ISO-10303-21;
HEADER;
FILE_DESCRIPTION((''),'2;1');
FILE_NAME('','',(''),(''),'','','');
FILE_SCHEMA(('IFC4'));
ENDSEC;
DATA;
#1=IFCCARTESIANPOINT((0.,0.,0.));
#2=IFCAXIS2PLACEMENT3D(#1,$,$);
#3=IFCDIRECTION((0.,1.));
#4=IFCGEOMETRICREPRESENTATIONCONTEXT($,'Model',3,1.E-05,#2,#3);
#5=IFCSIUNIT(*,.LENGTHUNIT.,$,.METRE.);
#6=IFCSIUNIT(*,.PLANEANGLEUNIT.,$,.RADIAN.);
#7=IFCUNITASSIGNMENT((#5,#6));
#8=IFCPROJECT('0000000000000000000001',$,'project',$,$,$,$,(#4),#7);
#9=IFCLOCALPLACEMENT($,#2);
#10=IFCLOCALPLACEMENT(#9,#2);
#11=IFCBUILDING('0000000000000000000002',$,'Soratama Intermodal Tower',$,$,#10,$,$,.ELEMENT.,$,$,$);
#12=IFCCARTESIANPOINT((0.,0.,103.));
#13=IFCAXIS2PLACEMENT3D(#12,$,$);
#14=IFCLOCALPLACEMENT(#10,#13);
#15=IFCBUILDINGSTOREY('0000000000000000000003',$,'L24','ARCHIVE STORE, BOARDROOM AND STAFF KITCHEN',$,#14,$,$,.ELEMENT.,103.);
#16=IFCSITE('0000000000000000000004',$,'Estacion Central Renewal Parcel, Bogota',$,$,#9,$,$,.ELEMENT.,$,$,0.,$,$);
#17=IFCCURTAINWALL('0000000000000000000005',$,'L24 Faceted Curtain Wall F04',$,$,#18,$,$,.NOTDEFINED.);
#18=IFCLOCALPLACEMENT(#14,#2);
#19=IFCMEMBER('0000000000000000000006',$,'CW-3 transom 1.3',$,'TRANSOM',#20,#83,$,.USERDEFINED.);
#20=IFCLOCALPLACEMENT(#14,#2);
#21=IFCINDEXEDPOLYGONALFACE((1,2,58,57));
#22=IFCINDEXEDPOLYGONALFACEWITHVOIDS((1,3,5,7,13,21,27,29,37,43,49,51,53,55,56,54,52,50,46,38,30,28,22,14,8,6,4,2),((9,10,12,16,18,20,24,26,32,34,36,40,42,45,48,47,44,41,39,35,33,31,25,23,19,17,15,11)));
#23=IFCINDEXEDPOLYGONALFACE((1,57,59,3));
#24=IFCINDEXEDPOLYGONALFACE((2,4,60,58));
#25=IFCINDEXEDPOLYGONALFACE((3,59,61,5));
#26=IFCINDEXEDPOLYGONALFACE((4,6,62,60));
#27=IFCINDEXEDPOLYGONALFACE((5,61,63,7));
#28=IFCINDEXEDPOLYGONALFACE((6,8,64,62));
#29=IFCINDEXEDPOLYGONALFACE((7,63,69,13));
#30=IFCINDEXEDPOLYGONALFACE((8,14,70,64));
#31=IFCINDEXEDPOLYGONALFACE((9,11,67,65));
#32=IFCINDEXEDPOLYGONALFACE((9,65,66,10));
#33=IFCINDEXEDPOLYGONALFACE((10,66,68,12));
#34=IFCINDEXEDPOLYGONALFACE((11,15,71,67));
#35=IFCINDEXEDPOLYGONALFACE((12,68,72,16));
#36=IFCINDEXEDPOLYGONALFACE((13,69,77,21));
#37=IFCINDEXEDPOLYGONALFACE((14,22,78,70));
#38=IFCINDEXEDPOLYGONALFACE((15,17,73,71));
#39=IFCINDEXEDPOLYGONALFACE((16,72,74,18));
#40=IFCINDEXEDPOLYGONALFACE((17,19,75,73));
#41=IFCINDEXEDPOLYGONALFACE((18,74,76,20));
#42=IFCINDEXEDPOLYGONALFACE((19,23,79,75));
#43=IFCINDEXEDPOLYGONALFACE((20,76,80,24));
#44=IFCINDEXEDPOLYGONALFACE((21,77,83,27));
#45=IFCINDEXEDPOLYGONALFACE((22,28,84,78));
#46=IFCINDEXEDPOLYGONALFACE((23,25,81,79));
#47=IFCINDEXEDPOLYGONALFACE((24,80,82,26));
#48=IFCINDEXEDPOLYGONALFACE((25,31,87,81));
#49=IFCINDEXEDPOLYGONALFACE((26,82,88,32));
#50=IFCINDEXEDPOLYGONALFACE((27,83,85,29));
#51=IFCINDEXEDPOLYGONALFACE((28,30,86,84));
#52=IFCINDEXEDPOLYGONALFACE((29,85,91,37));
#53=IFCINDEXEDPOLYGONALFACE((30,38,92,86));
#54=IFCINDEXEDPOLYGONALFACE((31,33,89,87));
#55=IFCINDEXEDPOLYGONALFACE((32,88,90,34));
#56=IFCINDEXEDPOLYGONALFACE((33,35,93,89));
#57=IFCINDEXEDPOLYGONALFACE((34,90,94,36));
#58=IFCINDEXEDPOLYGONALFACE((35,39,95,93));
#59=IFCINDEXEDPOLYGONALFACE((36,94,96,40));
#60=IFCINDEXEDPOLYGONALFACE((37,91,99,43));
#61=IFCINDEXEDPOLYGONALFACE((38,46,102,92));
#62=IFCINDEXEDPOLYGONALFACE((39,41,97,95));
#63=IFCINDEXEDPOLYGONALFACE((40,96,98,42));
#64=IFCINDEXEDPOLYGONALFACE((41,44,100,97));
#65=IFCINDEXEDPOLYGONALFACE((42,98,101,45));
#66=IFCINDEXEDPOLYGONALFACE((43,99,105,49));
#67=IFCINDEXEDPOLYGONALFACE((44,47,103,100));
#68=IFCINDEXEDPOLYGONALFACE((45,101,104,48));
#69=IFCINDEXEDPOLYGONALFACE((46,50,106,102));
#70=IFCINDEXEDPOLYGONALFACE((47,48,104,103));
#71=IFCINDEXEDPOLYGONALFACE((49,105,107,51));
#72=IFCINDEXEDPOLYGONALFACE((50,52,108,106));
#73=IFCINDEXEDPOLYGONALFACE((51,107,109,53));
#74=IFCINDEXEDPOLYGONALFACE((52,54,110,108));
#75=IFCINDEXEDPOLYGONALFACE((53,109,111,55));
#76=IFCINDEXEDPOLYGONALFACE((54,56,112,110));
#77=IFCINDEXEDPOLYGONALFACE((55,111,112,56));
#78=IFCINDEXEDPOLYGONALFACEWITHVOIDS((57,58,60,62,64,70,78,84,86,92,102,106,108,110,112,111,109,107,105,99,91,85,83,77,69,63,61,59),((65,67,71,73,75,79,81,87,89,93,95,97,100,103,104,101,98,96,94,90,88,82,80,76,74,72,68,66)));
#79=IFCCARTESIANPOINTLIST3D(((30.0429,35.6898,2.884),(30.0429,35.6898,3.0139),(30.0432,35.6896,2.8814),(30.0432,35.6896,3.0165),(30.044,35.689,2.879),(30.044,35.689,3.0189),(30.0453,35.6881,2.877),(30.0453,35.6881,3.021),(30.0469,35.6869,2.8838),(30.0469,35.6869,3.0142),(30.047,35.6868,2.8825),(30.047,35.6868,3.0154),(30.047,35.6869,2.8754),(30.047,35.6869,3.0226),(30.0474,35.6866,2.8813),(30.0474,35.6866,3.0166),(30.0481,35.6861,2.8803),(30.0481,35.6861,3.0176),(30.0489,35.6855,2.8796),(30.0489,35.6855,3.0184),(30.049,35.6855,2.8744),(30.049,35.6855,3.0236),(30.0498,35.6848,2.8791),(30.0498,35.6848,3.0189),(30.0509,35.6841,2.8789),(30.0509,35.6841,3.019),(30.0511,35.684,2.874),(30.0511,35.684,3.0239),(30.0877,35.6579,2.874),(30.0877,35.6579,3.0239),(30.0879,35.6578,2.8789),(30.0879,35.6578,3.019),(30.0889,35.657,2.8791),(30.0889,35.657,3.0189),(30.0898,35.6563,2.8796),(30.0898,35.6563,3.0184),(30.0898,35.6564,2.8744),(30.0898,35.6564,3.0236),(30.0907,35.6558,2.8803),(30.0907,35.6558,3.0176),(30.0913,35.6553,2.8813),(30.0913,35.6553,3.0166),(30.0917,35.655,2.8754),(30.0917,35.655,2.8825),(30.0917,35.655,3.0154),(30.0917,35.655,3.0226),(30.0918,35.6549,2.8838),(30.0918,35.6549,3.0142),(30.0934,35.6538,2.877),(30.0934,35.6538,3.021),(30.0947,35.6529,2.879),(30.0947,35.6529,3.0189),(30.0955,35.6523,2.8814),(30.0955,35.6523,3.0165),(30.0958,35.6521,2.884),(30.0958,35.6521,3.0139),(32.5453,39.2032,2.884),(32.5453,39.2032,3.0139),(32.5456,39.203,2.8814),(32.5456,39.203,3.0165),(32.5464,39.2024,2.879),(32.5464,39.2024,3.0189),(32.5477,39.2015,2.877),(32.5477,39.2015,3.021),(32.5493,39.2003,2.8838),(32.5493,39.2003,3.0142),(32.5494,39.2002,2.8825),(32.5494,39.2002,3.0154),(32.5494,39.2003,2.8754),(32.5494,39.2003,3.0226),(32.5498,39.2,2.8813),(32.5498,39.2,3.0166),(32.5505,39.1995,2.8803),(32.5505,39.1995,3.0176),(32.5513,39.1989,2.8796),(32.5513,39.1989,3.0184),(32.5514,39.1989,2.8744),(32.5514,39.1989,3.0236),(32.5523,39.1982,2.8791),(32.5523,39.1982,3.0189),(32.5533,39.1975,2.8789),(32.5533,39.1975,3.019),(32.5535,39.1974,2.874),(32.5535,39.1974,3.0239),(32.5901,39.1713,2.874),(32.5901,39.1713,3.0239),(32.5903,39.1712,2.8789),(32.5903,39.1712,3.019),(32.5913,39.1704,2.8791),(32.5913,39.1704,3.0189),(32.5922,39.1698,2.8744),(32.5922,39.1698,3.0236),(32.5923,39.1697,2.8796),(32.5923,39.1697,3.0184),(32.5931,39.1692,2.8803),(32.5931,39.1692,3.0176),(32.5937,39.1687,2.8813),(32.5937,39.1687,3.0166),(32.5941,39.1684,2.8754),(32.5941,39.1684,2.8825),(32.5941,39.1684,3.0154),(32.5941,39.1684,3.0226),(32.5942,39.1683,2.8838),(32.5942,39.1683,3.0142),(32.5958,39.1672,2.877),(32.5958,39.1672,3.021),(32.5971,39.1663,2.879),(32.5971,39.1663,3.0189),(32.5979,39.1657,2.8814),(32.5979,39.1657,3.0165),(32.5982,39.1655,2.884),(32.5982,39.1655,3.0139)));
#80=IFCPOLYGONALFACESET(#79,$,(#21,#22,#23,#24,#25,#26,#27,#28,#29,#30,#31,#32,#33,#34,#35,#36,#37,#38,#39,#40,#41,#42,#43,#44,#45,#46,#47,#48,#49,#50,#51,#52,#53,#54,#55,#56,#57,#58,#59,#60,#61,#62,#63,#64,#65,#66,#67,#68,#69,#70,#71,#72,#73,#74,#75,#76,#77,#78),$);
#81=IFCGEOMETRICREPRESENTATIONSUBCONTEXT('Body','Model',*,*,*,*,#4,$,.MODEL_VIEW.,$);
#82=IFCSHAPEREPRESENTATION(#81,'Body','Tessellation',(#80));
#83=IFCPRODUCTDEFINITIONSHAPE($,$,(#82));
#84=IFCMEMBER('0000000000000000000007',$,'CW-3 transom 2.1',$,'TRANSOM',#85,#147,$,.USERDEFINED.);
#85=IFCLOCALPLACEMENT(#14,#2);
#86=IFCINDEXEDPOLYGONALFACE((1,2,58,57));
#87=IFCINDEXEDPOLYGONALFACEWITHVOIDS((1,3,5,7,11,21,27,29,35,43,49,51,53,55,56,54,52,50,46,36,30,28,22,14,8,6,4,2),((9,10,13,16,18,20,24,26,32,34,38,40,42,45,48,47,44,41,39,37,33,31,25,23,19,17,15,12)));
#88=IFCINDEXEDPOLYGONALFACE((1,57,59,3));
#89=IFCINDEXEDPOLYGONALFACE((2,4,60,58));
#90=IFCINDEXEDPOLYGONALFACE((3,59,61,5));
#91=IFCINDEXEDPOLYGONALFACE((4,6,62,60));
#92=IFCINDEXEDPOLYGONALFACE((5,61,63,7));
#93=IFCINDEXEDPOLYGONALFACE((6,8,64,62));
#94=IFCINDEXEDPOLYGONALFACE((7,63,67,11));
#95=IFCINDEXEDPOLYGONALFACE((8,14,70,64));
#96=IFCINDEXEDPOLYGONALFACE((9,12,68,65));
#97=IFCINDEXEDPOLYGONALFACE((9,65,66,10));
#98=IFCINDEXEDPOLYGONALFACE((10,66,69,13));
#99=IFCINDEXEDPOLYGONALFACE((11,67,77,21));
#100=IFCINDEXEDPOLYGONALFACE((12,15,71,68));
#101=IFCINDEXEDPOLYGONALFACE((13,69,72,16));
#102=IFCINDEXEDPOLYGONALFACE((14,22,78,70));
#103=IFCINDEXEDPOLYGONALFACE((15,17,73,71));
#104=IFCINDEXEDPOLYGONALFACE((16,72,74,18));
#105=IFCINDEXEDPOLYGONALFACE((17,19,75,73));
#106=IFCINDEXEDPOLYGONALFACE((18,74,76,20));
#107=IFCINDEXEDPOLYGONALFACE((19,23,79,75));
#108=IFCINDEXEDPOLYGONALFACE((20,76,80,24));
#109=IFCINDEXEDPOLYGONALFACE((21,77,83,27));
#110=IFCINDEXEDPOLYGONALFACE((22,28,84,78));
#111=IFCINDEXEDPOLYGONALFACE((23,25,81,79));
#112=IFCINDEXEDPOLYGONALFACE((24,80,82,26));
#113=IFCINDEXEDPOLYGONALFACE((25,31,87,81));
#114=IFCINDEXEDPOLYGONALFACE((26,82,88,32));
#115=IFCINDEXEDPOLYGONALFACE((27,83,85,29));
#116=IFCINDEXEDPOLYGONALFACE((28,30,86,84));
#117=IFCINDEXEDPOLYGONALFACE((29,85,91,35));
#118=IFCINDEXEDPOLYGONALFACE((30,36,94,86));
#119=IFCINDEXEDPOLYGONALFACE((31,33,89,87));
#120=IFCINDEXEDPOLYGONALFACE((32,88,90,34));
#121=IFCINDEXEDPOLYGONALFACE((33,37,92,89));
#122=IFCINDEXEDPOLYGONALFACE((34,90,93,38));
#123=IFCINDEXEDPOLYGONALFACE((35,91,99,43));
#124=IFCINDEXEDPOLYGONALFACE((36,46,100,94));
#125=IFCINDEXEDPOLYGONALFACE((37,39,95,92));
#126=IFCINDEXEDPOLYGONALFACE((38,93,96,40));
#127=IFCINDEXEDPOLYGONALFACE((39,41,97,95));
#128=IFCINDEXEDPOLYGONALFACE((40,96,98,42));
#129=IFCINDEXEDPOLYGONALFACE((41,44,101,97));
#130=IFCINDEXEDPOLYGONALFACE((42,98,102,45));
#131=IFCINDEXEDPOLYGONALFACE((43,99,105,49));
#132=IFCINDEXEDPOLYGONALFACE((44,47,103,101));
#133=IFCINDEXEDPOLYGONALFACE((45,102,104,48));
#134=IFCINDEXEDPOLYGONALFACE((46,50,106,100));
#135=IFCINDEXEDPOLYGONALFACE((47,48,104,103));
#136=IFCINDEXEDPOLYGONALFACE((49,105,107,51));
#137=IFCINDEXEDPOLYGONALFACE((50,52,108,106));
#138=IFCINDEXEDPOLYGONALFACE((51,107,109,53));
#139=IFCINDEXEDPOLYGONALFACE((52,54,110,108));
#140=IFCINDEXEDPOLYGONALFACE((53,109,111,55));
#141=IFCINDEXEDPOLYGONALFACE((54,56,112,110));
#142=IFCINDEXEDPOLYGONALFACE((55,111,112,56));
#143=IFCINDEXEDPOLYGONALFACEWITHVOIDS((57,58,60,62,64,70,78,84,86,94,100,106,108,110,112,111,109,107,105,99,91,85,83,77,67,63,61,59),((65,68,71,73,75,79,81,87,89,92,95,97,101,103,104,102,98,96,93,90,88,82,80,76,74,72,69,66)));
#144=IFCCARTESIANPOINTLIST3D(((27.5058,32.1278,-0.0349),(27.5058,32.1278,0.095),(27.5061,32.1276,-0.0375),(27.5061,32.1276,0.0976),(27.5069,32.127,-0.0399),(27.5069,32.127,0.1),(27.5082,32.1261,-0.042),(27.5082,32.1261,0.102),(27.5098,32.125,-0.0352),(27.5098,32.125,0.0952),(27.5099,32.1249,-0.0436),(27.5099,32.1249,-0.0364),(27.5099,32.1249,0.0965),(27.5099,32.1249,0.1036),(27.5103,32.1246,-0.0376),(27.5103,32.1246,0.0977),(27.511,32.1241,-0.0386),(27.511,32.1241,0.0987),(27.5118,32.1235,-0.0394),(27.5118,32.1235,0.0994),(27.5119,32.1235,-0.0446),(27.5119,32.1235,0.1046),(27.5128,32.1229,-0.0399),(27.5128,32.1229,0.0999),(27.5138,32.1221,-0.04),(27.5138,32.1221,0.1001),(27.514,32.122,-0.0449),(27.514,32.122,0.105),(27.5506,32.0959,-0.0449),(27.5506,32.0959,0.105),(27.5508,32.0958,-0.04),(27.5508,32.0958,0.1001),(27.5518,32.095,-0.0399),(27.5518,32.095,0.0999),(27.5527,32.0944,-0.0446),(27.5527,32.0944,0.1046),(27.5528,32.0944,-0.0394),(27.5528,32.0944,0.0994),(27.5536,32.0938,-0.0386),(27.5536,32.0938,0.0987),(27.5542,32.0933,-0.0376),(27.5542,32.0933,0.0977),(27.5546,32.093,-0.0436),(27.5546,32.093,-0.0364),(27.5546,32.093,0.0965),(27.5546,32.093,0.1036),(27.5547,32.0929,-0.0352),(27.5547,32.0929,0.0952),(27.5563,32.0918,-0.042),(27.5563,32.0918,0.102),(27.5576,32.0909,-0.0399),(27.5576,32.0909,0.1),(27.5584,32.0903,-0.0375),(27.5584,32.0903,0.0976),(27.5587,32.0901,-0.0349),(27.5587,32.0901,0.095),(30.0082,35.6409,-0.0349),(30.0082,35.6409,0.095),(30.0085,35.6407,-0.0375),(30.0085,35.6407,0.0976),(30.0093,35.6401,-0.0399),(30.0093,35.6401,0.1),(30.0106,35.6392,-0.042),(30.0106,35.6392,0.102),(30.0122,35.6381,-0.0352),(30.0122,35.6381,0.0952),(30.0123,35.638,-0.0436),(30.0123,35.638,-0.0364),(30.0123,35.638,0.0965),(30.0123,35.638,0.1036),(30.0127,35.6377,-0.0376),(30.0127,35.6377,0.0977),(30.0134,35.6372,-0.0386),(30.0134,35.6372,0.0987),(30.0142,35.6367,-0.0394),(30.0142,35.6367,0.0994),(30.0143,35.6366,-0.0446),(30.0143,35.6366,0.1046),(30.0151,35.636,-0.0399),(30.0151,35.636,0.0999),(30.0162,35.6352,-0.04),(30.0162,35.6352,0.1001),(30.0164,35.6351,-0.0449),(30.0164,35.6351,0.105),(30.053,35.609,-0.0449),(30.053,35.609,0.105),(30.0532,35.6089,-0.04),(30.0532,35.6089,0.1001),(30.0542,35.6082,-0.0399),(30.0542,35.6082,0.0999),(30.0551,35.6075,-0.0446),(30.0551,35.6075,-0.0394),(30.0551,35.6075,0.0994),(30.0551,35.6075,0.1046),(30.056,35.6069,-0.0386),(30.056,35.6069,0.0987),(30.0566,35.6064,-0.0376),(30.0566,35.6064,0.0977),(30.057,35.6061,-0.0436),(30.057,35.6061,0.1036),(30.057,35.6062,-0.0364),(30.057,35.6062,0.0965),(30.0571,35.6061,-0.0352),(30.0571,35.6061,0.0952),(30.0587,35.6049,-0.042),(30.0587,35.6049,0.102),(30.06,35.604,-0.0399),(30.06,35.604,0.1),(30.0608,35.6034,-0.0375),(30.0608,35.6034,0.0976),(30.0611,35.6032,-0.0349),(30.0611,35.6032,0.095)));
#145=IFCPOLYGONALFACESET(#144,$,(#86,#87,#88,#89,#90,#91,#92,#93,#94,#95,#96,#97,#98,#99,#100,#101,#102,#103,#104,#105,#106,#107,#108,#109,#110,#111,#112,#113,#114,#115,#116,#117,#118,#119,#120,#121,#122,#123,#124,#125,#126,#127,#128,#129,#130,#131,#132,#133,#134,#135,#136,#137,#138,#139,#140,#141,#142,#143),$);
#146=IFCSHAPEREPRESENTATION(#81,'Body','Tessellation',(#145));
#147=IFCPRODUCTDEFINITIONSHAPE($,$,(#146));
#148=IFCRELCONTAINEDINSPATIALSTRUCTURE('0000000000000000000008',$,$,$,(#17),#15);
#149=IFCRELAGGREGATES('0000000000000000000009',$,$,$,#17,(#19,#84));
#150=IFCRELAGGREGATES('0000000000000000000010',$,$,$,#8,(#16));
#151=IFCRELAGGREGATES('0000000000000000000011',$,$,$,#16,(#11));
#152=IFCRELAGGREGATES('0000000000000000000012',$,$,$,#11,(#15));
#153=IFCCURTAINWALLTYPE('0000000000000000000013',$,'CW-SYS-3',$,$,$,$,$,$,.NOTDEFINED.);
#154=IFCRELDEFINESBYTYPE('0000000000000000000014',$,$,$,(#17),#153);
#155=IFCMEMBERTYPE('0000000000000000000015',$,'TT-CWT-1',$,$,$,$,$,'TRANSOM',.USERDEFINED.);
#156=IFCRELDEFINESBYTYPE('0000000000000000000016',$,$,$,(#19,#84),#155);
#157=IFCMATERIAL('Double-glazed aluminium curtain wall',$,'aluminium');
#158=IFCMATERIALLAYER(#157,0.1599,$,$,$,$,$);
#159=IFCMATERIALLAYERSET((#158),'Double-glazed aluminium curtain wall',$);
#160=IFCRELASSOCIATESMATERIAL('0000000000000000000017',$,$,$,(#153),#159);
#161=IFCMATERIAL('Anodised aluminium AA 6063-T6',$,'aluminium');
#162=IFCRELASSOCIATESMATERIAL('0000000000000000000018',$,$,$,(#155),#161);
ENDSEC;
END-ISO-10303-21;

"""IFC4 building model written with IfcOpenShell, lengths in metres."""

from ifc_helpers import new_model, si_unit, direction, frame, origin, origin_2d, place, context, subcontext, project, spatial, hollow_rectangle, extrude, material, layer, layer_set, material_profile, profile_set, type_object, element, aggregate, save


model = new_model("IFC4")

# Units and contexts
model_context = context("Model", 3, precision=1e-05, world=origin(), true_north=direction((0.0, 1.0)))
body_context = subcontext(model_context, "Body", "Model", "MODEL_VIEW")
ifc_project = project(units=[si_unit("LENGTHUNIT", "METRE"), si_unit("PLANEANGLEUNIT", "RADIAN")], contexts=[model_context])

# Site, building, storey
site_placement = place(None, origin())
site = spatial("IfcSite", under=ifc_project, at=site_placement, Name="Estacion Central Renewal Parcel, Bogota", CompositionType="ELEMENT", RefElevation=0.0)
building_placement = place(site_placement, origin())
building = spatial("IfcBuilding", under=site, at=building_placement, Name="Soratama Intermodal Tower", CompositionType="ELEMENT")
storey_placement = place(building_placement, frame((0.0, 0.0, 103.0)))
storey = spatial("IfcBuildingStorey", under=building, at=storey_placement, Name="L24", Description="ARCHIVE STORE, BOARDROOM AND STAFF KITCHEN", CompositionType="ELEMENT", Elevation=103.0)

# Curtain wall, members
ifc_material_1 = material(Name="Double-glazed aluminium curtain wall", Category="aluminium")
ifc_layer_1 = layer(ifc_material_1, 0.1599)
ifc_layer_set_1 = layer_set([ifc_layer_1], Name="Double-glazed aluminium curtain wall")
curtain_wall_type = type_object("IfcCurtainWallType", Name="CW-SYS-3", PredefinedType="NOTDEFINED", material=ifc_layer_set_1)
curtain_wall_placement = place(storey_placement, origin())
curtain_wall = element("IfcCurtainWall", 1, at=curtain_wall_placement, inside=storey, type_object=curtain_wall_type, Name="L24 Faceted Curtain Wall F04", PredefinedType="NOTDEFINED")
ifc_material_2 = material(Name="Anodised aluminium AA 6063-T6", Category="aluminium")
ifc_material_profile_1 = material_profile(ifc_material_2, hollow_rectangle(XDim=0.0649, YDim=0.1499, WallThickness=0.0049, InnerFilletRadius=0.0049, OuterFilletRadius=0.01, at=origin_2d()), Name="CWT150X65X5")
ifc_profile_set_1 = profile_set([ifc_material_profile_1], Name="Anodised aluminium AA 6063-T6")
member_type_1 = type_object("IfcMemberType", Name="TT-CWT-1", ElementType="TRANSOM", PredefinedType="USERDEFINED", material=ifc_profile_set_1)
member_1_placement = place(storey_placement, frame((32.5718, 39.1843, 2.949), z_axis=(-0.58014, -0.814517, 0.0), x_axis=(0.814517, -0.58014, 0.0)))
member_1 = element("IfcMember", 2, at=member_1_placement, type_object=member_type_1, Name="CW-3 transom 1.3", ObjectType="TRANSOM", PredefinedType="USERDEFINED", context=body_context, shape_type="SweptSolid", body=[
    extrude(hollow_rectangle(XDim=0.0649, YDim=0.1499, WallThickness=0.0049, InnerFilletRadius=0.0049, OuterFilletRadius=0.01, at=origin_2d()), origin(), (0.0, 0.0, 1.0), 4.3135),
])
member_2_placement = place(storey_placement, frame((30.0347, 35.6221, 0.03), z_axis=(-0.580167, -0.814498, 0.0), x_axis=(0.814498, -0.580167, 0.0)))
member_2 = element("IfcMember", 3, at=member_2_placement, type_object=member_type_1, Name="CW-3 transom 2.1", ObjectType="TRANSOM", PredefinedType="USERDEFINED", context=body_context, shape_type="SweptSolid", body=[
    extrude(hollow_rectangle(XDim=0.0649, YDim=0.1499, WallThickness=0.0049, InnerFilletRadius=0.0049, OuterFilletRadius=0.01, at=origin_2d()), origin(), (0.0, 0.0, 1.0), 4.3132),
])
aggregate(curtain_wall, [member_1, member_2])

save(model, "model.ifc")
